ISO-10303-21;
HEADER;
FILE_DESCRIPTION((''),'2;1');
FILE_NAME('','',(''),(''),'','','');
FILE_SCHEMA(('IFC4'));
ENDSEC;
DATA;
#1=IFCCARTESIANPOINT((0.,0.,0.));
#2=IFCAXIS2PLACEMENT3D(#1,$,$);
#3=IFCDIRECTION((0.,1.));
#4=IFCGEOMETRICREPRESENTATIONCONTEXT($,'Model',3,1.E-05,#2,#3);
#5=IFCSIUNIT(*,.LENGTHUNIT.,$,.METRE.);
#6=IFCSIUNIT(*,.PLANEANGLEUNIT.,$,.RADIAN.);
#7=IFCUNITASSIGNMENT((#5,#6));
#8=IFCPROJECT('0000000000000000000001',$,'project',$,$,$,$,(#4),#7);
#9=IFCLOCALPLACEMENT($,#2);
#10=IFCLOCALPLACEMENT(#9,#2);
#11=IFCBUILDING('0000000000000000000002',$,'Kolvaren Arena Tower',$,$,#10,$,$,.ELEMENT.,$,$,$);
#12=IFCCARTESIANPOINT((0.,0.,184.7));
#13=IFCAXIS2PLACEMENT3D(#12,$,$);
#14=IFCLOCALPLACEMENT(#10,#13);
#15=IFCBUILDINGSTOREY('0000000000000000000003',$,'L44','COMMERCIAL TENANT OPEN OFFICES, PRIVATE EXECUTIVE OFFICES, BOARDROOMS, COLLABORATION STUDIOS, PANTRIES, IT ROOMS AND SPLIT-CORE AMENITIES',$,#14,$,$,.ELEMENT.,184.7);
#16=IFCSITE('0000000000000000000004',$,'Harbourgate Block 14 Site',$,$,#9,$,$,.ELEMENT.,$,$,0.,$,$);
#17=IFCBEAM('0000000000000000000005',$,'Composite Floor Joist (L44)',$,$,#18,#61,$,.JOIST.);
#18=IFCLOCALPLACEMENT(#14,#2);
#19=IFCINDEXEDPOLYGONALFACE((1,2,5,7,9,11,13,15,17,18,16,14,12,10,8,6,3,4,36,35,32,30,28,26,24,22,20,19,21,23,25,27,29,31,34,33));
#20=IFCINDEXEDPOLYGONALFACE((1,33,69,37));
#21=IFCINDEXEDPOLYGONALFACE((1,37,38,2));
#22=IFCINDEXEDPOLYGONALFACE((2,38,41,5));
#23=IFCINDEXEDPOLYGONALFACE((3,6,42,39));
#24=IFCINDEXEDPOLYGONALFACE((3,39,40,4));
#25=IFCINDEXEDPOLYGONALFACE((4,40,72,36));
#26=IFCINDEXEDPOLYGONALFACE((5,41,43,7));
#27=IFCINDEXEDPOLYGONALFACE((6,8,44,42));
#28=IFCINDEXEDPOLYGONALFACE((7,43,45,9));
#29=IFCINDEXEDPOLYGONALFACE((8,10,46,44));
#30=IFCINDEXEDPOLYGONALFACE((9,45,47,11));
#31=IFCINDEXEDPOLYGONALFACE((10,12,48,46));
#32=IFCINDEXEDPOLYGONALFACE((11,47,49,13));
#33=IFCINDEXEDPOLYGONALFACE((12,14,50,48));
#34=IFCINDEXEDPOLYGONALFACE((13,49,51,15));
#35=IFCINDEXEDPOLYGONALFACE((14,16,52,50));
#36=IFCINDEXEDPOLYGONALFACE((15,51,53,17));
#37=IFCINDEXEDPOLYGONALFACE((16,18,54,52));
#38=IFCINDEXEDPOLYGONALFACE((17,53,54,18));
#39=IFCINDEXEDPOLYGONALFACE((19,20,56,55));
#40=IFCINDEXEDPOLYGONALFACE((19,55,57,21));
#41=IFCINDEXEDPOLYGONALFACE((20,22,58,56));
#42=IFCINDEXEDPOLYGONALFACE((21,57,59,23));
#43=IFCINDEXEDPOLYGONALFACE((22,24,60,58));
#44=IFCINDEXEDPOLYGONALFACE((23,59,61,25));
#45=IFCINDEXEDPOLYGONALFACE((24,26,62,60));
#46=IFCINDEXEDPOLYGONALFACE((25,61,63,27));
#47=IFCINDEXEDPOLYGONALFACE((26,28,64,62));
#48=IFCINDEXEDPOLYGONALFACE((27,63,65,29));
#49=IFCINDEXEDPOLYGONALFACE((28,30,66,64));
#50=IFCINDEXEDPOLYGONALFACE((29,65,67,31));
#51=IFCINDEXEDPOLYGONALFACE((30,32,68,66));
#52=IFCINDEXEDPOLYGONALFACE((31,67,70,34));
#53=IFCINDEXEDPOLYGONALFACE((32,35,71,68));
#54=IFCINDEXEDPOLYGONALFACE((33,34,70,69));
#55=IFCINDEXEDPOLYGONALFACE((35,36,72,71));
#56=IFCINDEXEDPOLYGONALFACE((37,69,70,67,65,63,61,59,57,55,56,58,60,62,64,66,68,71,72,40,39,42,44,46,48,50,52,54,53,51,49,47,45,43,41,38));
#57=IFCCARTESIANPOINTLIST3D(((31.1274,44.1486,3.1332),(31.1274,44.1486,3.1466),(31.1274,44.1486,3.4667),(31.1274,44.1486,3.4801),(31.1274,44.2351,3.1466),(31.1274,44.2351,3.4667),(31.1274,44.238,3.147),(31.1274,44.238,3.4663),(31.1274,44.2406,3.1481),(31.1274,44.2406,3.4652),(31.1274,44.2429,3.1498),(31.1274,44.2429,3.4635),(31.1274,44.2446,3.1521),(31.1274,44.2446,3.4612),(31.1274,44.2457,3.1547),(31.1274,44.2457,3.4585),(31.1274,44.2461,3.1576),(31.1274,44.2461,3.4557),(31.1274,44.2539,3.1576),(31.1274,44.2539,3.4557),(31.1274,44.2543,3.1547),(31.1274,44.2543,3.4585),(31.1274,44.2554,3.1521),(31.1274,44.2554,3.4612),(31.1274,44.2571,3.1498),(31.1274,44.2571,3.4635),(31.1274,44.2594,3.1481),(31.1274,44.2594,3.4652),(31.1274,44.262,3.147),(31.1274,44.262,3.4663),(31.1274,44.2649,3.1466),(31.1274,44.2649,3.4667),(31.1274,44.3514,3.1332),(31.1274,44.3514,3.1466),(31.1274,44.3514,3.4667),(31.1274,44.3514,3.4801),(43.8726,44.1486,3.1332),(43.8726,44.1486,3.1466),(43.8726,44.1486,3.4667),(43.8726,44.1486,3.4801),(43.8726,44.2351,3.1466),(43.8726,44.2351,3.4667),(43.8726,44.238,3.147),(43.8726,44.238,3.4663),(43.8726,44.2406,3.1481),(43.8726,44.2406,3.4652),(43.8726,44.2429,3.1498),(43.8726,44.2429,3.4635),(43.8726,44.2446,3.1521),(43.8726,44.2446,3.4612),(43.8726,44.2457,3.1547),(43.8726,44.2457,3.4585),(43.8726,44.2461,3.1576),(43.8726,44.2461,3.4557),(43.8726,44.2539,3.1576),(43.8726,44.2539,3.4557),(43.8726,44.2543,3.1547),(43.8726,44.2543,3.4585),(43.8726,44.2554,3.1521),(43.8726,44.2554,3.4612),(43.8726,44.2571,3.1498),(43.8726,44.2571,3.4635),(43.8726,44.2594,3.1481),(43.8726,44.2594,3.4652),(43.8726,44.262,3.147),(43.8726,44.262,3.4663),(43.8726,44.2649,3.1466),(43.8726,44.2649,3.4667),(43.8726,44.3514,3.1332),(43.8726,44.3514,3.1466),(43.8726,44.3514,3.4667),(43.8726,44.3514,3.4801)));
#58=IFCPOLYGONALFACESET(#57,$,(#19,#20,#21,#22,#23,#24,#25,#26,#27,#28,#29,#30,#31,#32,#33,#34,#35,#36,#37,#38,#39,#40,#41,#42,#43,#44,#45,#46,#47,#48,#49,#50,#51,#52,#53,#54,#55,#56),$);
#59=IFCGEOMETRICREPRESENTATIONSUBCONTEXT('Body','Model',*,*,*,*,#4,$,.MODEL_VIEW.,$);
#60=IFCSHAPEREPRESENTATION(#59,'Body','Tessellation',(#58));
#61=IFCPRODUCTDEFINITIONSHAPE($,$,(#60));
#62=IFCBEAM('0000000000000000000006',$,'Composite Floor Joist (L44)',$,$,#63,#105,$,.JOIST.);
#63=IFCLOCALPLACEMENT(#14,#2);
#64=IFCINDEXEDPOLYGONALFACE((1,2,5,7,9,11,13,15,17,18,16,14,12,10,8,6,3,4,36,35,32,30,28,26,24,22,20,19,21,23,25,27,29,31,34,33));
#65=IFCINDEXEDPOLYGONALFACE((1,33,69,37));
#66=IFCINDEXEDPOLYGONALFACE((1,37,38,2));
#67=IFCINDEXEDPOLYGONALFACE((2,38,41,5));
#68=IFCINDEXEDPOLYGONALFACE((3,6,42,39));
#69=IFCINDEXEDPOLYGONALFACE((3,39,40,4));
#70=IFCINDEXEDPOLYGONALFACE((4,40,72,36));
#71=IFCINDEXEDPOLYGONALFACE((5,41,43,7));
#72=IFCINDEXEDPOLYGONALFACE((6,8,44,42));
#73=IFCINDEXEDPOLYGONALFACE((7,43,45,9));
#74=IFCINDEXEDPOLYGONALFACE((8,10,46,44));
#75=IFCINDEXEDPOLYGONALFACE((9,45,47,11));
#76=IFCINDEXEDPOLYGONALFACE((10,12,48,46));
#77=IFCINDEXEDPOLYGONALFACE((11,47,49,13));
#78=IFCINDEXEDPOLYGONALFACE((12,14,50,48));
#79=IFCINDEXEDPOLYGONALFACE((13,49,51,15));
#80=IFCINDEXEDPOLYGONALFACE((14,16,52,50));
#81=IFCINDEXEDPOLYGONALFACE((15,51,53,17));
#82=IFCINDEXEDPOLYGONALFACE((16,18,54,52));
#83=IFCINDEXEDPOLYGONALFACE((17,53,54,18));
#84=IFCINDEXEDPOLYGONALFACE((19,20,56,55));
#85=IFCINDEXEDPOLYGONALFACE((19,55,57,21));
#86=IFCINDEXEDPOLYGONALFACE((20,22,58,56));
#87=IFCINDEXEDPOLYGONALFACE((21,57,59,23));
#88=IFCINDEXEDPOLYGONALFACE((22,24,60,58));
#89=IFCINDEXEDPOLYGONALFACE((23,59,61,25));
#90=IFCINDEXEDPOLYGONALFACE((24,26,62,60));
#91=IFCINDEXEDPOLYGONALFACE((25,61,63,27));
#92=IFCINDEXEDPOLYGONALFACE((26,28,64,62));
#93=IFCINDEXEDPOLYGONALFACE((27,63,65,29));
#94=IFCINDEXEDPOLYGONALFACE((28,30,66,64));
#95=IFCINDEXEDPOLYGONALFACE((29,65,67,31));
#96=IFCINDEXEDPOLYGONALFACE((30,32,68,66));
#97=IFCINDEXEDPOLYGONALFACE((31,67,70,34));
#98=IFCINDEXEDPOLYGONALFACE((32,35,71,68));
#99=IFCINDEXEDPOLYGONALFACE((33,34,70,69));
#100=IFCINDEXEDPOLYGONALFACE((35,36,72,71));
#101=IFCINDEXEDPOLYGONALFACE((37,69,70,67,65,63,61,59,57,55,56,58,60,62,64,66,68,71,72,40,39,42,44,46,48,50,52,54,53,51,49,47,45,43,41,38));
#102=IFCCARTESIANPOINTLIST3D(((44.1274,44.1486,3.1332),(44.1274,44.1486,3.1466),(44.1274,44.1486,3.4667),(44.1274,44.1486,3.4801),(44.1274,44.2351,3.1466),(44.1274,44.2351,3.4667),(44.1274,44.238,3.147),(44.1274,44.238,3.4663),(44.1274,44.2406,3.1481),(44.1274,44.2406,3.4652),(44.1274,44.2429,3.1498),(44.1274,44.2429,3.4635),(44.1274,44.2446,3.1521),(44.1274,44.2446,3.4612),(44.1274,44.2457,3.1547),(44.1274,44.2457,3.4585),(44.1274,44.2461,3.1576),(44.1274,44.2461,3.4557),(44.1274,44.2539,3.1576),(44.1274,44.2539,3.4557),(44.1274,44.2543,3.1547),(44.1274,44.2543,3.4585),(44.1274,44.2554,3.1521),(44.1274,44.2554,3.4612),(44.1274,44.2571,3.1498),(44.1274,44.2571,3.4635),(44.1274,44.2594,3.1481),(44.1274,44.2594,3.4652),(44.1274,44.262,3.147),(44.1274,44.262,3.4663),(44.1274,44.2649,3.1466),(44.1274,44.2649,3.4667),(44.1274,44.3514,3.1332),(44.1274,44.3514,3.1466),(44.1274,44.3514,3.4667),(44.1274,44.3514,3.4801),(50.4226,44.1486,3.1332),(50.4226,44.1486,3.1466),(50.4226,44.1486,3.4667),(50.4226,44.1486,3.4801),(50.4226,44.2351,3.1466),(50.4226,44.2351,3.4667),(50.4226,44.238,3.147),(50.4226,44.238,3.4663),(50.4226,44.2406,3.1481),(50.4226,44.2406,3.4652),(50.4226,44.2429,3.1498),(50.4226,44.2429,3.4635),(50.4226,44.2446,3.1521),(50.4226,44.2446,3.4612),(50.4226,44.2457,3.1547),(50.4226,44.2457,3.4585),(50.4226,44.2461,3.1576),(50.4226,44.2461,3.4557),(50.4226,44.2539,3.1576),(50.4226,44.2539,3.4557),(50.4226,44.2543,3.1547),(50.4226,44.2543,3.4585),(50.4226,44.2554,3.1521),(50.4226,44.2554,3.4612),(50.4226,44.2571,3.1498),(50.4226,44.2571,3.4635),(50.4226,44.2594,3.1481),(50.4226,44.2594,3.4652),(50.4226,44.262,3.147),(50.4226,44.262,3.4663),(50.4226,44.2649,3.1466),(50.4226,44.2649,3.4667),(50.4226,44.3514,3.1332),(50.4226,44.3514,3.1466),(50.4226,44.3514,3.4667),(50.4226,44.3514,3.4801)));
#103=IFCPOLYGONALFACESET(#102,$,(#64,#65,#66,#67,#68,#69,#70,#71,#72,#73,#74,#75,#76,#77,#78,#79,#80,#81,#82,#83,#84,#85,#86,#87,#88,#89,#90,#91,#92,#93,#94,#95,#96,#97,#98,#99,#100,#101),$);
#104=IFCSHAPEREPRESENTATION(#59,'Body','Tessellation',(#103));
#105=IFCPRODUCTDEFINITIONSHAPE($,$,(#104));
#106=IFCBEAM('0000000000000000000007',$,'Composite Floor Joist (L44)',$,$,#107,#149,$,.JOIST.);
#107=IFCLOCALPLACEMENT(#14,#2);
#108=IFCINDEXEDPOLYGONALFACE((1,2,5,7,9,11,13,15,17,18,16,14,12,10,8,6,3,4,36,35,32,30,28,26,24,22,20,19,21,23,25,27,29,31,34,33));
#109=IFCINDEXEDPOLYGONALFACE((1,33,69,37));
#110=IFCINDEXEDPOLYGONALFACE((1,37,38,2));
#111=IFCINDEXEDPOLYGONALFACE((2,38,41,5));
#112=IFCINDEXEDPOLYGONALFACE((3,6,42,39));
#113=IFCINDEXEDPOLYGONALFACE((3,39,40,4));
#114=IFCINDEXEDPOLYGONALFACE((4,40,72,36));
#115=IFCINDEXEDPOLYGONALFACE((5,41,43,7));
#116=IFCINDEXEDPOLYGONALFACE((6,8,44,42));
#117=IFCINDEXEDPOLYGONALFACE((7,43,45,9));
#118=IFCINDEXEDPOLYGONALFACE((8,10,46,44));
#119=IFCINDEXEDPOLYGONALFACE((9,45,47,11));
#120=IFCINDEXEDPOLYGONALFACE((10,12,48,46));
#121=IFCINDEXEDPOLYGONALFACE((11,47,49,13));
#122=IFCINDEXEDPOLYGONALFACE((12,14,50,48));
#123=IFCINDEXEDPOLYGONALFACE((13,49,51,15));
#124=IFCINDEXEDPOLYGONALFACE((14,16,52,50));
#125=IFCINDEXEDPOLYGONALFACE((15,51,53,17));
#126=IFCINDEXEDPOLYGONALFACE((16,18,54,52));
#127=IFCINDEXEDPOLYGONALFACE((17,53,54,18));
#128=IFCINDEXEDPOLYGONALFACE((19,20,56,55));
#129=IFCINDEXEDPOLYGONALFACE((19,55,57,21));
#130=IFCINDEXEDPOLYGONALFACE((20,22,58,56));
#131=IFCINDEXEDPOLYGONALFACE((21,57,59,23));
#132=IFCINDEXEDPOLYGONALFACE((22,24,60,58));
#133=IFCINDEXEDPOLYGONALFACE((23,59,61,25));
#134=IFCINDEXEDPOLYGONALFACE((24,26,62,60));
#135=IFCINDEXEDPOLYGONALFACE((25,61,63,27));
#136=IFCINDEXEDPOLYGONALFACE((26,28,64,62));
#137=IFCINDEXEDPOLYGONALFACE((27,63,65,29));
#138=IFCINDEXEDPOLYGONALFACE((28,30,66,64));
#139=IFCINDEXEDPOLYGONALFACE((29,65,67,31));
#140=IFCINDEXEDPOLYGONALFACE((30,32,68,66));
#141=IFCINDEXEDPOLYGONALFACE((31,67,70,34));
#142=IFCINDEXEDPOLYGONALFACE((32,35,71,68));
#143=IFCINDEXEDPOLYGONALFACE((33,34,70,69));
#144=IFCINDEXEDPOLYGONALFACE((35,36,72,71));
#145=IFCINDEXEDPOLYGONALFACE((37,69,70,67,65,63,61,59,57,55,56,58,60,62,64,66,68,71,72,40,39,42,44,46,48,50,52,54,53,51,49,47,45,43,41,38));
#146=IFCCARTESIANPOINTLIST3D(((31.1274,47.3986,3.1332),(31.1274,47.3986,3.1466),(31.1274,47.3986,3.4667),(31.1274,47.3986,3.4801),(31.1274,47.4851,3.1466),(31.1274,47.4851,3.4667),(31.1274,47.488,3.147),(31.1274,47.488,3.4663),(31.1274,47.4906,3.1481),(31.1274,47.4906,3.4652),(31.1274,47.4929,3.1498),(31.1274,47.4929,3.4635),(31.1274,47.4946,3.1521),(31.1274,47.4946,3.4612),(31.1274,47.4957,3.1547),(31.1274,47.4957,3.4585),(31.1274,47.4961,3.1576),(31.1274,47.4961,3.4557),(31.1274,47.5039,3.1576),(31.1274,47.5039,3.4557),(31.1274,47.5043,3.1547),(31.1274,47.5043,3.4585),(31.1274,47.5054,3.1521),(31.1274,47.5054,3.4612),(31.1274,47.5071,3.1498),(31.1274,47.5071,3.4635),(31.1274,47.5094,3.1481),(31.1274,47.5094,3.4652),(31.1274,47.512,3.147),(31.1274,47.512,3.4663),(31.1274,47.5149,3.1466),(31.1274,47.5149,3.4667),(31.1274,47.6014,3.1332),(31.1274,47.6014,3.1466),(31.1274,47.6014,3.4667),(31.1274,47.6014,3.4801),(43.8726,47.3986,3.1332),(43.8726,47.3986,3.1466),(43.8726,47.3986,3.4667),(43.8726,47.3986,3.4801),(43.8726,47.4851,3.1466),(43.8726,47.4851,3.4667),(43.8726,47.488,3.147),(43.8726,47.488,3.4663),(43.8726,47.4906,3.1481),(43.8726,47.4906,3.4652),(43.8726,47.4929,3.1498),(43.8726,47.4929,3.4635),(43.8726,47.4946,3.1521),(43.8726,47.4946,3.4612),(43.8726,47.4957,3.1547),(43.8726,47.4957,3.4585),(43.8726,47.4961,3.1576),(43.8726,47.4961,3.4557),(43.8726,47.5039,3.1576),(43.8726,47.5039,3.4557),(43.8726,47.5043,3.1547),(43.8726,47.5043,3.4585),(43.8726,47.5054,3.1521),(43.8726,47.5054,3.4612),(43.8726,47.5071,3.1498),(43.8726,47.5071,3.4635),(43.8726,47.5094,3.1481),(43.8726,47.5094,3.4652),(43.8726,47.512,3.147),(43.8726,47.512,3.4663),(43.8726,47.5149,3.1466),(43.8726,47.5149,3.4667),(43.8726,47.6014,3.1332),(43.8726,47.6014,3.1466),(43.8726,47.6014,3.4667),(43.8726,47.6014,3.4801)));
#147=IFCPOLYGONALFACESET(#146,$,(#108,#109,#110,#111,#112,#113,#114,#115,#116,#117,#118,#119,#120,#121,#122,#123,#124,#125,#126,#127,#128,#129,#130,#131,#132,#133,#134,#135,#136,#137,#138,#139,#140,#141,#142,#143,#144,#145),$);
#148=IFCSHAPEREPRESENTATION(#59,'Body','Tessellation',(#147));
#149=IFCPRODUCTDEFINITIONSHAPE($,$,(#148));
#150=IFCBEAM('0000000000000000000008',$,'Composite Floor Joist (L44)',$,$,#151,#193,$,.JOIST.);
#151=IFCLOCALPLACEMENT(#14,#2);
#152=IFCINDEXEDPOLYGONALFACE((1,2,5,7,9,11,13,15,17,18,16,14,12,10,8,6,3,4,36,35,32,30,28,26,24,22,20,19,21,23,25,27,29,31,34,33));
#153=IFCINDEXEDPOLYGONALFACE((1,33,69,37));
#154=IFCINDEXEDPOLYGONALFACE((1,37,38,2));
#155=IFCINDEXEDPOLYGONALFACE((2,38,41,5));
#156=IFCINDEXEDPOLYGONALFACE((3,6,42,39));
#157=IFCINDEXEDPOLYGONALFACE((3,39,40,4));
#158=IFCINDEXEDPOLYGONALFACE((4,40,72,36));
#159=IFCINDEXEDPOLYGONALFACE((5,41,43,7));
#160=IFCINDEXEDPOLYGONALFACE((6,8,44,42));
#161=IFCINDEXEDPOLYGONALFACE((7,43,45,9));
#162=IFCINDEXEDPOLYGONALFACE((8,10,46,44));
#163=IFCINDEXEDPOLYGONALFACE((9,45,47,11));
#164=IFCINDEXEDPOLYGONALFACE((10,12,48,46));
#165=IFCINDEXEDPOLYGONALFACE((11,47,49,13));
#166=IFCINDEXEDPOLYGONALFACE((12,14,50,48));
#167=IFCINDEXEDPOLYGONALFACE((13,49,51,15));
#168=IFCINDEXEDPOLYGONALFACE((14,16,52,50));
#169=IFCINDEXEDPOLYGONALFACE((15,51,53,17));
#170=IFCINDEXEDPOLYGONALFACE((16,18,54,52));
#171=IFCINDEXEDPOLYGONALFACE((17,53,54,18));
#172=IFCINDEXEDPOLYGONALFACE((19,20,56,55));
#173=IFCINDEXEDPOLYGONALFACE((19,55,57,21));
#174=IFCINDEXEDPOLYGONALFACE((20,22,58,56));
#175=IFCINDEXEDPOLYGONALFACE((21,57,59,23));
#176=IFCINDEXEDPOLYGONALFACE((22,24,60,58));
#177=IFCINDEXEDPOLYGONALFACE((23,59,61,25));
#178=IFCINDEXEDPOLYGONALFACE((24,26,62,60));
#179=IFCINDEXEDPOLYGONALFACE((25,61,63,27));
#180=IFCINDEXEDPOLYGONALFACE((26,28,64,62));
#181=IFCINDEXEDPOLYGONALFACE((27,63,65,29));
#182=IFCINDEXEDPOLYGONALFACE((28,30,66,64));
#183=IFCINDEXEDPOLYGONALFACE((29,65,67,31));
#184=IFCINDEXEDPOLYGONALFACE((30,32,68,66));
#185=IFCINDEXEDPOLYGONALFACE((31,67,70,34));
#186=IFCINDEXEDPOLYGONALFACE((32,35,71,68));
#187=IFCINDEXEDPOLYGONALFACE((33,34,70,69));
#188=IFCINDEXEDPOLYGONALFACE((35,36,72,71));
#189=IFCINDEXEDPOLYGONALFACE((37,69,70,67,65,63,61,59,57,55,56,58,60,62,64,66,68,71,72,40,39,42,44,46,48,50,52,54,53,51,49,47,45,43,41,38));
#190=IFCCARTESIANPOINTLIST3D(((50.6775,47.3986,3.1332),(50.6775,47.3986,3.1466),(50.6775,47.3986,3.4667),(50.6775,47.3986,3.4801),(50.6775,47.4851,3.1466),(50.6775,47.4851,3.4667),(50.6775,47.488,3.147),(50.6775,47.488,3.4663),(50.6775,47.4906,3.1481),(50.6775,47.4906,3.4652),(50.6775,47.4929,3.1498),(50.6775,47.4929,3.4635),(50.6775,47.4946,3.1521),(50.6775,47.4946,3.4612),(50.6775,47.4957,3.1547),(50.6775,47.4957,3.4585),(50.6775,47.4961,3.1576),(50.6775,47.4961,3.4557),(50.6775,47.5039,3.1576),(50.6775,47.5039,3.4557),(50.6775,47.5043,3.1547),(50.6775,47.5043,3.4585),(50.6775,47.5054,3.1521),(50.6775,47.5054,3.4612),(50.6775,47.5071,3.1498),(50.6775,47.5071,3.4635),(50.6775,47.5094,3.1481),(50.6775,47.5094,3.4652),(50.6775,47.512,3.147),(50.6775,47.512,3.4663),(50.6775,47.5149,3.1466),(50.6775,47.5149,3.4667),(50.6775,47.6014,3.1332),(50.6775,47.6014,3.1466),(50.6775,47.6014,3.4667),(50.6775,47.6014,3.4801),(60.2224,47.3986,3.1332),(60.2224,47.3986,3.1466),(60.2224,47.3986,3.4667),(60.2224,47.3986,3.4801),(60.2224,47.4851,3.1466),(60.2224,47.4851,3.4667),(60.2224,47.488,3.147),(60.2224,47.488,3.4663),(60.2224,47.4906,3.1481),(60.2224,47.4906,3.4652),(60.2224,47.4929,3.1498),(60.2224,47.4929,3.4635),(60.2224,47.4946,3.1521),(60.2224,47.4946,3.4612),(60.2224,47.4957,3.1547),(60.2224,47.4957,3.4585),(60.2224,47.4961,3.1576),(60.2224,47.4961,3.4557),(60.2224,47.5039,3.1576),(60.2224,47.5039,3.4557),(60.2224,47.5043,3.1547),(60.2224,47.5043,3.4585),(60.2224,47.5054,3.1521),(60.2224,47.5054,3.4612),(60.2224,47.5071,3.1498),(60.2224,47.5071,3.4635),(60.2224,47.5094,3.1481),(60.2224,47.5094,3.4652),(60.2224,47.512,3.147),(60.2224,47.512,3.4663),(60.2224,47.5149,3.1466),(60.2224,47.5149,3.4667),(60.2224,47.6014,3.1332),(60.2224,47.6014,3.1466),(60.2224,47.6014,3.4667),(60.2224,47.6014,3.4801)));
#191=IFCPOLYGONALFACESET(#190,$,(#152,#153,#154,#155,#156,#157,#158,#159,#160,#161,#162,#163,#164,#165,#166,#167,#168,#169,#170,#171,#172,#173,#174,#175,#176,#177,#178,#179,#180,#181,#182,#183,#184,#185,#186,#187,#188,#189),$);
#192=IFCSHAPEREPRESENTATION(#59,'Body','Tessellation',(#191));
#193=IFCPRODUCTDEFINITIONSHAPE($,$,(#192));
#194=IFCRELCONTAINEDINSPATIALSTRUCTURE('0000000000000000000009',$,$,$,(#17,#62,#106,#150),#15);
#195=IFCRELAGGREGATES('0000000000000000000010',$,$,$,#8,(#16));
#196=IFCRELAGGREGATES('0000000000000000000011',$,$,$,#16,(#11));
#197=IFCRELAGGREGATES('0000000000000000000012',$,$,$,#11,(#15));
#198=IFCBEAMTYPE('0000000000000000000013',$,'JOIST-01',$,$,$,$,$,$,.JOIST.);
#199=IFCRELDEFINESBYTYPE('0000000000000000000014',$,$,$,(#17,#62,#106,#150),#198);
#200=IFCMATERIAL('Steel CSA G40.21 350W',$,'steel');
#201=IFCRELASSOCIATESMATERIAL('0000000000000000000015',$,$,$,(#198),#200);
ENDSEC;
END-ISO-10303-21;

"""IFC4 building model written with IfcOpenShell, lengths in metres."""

from ifc_helpers import new_model, si_unit, direction, frame, origin, origin_2d, place, context, subcontext, project, spatial, i_section, extrude, material, material_profile, profile_set, type_object, element, save


model = new_model("IFC4")

# Units and contexts
model_context = context("Model", 3, precision=1e-05, world=origin(), true_north=direction((0.0, 1.0)))
body_context = subcontext(model_context, "Body", "Model", "MODEL_VIEW")
ifc_project = project(units=[si_unit("LENGTHUNIT", "METRE"), si_unit("PLANEANGLEUNIT", "RADIAN")], contexts=[model_context])

# Site, building, storey
site_placement = place(None, origin())
site = spatial("IfcSite", under=ifc_project, at=site_placement, Name="Harbourgate Block 14 Site", CompositionType="ELEMENT", RefElevation=0.0)
building_placement = place(site_placement, origin())
building = spatial("IfcBuilding", under=site, at=building_placement, Name="Kolvaren Arena Tower", CompositionType="ELEMENT")
storey_placement = place(building_placement, frame((0.0, 0.0, 184.7)))
storey = spatial("IfcBuildingStorey", under=building, at=storey_placement, Name="L44", Description="COMMERCIAL TENANT OPEN OFFICES, PRIVATE EXECUTIVE OFFICES, BOARDROOMS, COLLABORATION STUDIOS, PANTRIES, IT ROOMS AND SPLIT-CORE AMENITIES", CompositionType="ELEMENT", Elevation=184.7)

# Beams
ifc_material_1 = material(Name="Steel CSA G40.21 350W", Category="steel")
ifc_material_profile_1 = material_profile(ifc_material_1, i_section(OverallWidth=0.2029, OverallDepth=0.3469, WebThickness=0.0078, FlangeThickness=0.0134, FilletRadius=0.011, at=origin_2d()), Name="W360x64")
ifc_profile_set_1 = profile_set([ifc_material_profile_1], Name="Steel CSA G40.21 350W")
beam_type_1 = type_object("IfcBeamType", Name="JOIST-01", PredefinedType="JOIST", material=ifc_profile_set_1)
beam_1_placement = place(storey_placement, frame((31.1274, 44.25, 3.3066), z_axis=(1.0, 0.0, 0.0), x_axis=(0.0, 1.0, 0.0)))
element("IfcBeam", 1, at=beam_1_placement, inside=storey, type_object=beam_type_1, Name="Composite Floor Joist (L44)", PredefinedType="JOIST", context=body_context, shape_type="SweptSolid", body=[
    extrude(i_section(OverallWidth=0.2029, OverallDepth=0.3469, WebThickness=0.0078, FlangeThickness=0.0134, FilletRadius=0.011, at=origin_2d()), origin(), (0.0, 0.0, 1.0), 12.7451),
])
beam_2_placement = place(storey_placement, frame((44.1274, 44.25, 3.3066), z_axis=(1.0, 0.0, 0.0), x_axis=(0.0, 1.0, 0.0)))
element("IfcBeam", 2, at=beam_2_placement, inside=storey, type_object=beam_type_1, Name="Composite Floor Joist (L44)", PredefinedType="JOIST", context=body_context, shape_type="SweptSolid", body=[
    extrude(i_section(OverallWidth=0.2029, OverallDepth=0.3469, WebThickness=0.0078, FlangeThickness=0.0134, FilletRadius=0.011, at=origin_2d()), origin(), (0.0, 0.0, 1.0), 6.2952),
])
beam_3_placement = place(storey_placement, frame((31.1274, 47.5, 3.3066), z_axis=(1.0, 0.0, 0.0), x_axis=(0.0, 1.0, 0.0)))
element("IfcBeam", 3, at=beam_3_placement, inside=storey, type_object=beam_type_1, Name="Composite Floor Joist (L44)", PredefinedType="JOIST", context=body_context, shape_type="SweptSolid", body=[
    extrude(i_section(OverallWidth=0.2029, OverallDepth=0.3469, WebThickness=0.0078, FlangeThickness=0.0134, FilletRadius=0.011, at=origin_2d()), origin(), (0.0, 0.0, 1.0), 12.7451),
])
beam_4_placement = place(storey_placement, frame((50.6775, 47.5, 3.3066), z_axis=(1.0, 0.0, 0.0), x_axis=(0.0, 1.0, 0.0)))
element("IfcBeam", 4, at=beam_4_placement, inside=storey, type_object=beam_type_1, Name="Composite Floor Joist (L44)", PredefinedType="JOIST", context=body_context, shape_type="SweptSolid", body=[
    extrude(i_section(OverallWidth=0.2029, OverallDepth=0.3469, WebThickness=0.0078, FlangeThickness=0.0134, FilletRadius=0.011, at=origin_2d()), origin(), (0.0, 0.0, 1.0), 9.5449),
])

save(model, "model.ifc")
